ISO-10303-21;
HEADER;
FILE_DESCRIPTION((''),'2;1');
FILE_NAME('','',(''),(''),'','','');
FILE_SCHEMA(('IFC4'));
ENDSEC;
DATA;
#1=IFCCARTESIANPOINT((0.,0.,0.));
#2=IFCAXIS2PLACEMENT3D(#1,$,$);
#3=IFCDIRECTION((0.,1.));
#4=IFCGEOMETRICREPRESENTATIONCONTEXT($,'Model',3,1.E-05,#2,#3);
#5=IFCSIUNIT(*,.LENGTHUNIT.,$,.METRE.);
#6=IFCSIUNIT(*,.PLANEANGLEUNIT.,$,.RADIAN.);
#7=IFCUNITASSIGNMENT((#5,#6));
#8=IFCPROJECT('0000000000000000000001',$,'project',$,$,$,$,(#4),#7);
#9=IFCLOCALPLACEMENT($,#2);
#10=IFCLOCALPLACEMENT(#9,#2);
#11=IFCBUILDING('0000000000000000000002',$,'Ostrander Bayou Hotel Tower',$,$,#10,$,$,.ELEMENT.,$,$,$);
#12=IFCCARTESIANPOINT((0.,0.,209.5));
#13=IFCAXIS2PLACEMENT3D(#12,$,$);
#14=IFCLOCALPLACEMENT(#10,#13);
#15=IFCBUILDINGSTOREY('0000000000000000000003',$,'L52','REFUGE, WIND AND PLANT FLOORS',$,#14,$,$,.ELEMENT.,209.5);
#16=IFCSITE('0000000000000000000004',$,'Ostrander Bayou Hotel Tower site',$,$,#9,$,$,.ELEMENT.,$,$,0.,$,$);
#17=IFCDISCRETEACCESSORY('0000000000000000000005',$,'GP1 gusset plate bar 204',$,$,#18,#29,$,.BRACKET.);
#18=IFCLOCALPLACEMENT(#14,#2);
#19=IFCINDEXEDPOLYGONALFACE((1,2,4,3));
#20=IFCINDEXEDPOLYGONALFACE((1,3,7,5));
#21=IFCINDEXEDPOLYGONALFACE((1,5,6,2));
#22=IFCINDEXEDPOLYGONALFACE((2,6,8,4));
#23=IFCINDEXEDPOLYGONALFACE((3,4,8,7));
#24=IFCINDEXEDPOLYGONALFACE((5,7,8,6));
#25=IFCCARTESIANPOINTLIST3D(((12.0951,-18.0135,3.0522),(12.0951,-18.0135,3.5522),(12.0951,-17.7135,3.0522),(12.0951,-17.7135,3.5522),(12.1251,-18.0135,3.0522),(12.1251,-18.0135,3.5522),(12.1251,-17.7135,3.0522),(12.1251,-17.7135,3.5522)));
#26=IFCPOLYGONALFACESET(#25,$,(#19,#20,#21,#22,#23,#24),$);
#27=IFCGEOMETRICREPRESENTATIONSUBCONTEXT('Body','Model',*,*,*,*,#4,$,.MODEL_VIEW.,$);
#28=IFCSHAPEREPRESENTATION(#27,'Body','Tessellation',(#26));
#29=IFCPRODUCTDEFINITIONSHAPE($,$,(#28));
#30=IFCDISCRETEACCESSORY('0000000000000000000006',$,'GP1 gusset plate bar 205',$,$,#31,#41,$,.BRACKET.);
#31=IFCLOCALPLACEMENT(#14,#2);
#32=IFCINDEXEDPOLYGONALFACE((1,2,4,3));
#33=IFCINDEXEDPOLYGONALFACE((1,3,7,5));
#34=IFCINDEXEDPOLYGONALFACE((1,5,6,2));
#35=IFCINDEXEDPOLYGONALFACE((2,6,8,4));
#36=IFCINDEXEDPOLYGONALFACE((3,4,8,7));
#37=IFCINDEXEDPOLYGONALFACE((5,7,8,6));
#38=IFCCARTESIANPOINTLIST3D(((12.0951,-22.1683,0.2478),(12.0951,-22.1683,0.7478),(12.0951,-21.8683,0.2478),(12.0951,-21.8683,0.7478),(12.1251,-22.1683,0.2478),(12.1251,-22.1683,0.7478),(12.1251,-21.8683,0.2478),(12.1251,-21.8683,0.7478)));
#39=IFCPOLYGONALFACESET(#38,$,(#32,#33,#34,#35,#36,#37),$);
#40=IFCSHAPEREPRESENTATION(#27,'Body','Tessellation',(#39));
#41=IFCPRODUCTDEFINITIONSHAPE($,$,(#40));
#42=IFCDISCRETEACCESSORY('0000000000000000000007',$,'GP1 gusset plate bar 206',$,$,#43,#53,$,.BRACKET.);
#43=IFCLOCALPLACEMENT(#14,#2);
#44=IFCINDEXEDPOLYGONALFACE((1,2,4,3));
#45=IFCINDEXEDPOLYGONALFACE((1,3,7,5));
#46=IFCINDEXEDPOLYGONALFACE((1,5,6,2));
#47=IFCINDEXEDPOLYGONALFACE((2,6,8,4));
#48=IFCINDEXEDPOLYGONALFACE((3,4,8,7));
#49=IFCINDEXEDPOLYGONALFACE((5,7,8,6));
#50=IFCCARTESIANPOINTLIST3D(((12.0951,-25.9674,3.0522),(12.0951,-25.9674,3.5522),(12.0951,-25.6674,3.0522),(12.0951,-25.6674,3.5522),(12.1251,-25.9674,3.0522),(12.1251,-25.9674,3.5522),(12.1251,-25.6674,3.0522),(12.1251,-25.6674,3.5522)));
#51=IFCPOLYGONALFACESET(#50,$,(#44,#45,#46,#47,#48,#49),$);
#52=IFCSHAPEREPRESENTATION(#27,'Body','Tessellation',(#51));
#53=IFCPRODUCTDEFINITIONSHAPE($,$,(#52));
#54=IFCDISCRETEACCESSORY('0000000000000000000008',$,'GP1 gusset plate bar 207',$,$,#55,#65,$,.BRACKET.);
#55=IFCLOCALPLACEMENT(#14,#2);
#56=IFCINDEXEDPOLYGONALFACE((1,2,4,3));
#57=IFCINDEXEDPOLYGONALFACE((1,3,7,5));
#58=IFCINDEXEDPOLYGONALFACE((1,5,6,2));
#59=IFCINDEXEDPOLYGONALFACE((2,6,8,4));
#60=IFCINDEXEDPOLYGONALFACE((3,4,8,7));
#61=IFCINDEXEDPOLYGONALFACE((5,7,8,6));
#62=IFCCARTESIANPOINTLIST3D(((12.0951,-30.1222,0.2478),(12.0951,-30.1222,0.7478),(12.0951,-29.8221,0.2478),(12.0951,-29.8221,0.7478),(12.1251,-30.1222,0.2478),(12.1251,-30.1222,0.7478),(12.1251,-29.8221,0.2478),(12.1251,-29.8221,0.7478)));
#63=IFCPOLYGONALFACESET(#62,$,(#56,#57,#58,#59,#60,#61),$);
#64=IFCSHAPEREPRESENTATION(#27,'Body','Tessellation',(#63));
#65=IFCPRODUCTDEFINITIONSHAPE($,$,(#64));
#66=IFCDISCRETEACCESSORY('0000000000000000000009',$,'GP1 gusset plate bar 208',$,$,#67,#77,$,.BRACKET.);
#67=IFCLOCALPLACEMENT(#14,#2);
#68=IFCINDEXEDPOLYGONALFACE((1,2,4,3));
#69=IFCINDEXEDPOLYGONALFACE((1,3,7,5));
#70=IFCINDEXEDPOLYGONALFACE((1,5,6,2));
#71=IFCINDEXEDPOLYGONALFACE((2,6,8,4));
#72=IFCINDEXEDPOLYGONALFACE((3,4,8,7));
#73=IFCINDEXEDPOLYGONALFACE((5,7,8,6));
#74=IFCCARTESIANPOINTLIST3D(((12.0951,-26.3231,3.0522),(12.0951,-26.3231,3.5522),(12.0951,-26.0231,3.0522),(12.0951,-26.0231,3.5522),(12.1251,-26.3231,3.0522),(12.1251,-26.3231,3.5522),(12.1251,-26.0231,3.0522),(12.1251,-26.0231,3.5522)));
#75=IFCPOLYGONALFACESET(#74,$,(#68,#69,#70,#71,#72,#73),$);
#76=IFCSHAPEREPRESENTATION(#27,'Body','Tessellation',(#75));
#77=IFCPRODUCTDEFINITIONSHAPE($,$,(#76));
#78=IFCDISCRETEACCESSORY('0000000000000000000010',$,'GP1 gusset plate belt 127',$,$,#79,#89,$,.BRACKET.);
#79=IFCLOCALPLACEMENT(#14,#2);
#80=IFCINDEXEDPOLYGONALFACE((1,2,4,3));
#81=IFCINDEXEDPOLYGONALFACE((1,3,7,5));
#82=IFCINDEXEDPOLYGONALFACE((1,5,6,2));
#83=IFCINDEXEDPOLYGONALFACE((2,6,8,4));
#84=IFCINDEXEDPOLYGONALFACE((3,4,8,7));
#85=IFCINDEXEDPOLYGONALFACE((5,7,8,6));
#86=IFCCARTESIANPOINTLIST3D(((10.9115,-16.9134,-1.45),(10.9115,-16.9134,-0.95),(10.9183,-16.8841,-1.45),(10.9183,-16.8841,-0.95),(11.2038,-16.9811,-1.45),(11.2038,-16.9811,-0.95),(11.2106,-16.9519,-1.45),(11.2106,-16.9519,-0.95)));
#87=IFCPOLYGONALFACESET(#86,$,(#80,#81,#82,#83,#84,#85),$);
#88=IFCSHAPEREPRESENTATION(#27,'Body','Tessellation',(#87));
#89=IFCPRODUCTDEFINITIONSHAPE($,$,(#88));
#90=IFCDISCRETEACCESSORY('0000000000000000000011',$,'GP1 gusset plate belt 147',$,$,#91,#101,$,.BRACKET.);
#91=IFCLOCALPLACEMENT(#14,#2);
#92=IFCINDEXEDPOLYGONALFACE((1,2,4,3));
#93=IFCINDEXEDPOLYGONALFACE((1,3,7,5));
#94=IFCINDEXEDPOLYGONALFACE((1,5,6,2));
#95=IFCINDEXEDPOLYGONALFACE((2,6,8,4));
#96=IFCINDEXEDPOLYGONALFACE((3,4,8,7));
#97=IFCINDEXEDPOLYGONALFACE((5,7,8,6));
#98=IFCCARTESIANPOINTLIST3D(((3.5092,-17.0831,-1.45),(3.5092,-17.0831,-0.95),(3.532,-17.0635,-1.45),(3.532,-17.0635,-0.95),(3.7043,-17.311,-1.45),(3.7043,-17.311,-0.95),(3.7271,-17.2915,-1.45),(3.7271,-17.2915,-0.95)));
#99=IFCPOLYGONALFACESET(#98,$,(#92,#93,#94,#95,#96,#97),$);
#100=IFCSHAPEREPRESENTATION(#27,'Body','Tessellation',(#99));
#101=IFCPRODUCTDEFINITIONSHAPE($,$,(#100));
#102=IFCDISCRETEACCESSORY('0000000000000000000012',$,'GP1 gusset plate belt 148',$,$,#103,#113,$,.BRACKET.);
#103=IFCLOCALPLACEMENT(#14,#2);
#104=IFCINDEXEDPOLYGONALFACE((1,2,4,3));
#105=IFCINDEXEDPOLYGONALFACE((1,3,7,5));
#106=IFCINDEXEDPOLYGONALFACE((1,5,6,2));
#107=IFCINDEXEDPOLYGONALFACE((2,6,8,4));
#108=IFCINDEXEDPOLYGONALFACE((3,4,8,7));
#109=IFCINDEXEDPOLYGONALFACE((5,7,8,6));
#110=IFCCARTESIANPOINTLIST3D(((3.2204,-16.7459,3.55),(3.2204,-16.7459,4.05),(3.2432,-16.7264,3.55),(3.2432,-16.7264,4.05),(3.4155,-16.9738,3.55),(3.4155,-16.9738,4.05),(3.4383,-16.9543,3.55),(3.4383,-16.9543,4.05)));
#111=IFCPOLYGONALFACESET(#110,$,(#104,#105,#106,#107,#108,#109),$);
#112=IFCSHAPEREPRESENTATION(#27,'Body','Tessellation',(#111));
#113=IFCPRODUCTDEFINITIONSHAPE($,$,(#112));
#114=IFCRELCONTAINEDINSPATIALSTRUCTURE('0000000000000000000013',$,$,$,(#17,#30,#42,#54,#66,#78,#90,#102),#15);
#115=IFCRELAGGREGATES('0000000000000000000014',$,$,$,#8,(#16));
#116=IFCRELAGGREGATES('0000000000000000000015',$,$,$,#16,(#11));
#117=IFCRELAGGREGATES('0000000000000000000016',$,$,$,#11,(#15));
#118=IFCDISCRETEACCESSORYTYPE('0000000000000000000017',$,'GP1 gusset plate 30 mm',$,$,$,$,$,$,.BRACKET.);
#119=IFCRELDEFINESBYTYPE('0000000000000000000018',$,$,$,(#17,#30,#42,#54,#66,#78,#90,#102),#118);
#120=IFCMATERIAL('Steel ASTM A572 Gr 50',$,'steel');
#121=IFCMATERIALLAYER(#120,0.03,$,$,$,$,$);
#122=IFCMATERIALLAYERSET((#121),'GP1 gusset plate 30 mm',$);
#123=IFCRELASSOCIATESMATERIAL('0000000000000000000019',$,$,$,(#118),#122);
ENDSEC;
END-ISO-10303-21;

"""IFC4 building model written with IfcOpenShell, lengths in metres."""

from ifc_helpers import new_model, si_unit, direction, frame, origin, origin_2d, place, context, subcontext, project, spatial, rectangle, extrude, material, layer, layer_set, type_object, element, save


model = new_model("IFC4")

# Units and contexts
model_context = context("Model", 3, precision=1e-05, world=origin(), true_north=direction((0.0, 1.0)))
body_context = subcontext(model_context, "Body", "Model", "MODEL_VIEW")
ifc_project = project(units=[si_unit("LENGTHUNIT", "METRE"), si_unit("PLANEANGLEUNIT", "RADIAN")], contexts=[model_context])

# Site, building, storey
site_placement = place(None, origin())
site = spatial("IfcSite", under=ifc_project, at=site_placement, Name="Ostrander Bayou Hotel Tower site", CompositionType="ELEMENT", RefElevation=0.0)
building_placement = place(site_placement, origin())
building = spatial("IfcBuilding", under=site, at=building_placement, Name="Ostrander Bayou Hotel Tower", CompositionType="ELEMENT")
storey_placement = place(building_placement, frame((0.0, 0.0, 209.5)))
storey = spatial("IfcBuildingStorey", under=building, at=storey_placement, Name="L52", Description="REFUGE, WIND AND PLANT FLOORS", CompositionType="ELEMENT", Elevation=209.5)

# Discrete accessories
ifc_material_1 = material(Name="Steel ASTM A572 Gr 50", Category="steel")
ifc_layer = layer(ifc_material_1, 0.03)
ifc_layer_set = layer_set([ifc_layer], Name="GP1 gusset plate 30 mm")
discrete_accessory_type = type_object("IfcDiscreteAccessoryType", Name="GP1 gusset plate 30 mm", PredefinedType="BRACKET", material=ifc_layer_set)
for number, where, z_axis, x_axis, name in (
    (1, (12.1101, -17.8635, 3.0522), (0.0, 0.0, 1.0), (0.0, 1.0, 0.0), "GP1 gusset plate bar 204"),
    (2, (12.1101, -22.0183, 0.2478), (0.0, 0.0, 1.0), (0.0, -1.0, 0.0), "GP1 gusset plate bar 205"),
    (3, (12.1101, -25.8174, 3.0522), (0.0, 0.0, 1.0), (0.0, -1.0, 0.0), "GP1 gusset plate bar 206"),
    (4, (12.1101, -29.9722, 0.2478), (0.0, 0.0, 1.0), (0.0, 1.0, 0.0), "GP1 gusset plate bar 207"),
    (5, (12.1101, -26.1731, 3.0522), (0.0, 0.0, 1.0), (0.0, 1.0, 0.0), "GP1 gusset plate bar 208"),
    (6, (11.061, -16.9326, -1.45), (0.0, 0.0, 1.0), (-0.974166, 0.225835, 0.0), "GP1 gusset plate belt 127"),
    (7, (3.6182, -17.1873, -1.45), (0.0, 0.0, 1.0), (-0.650363, 0.759623, 0.0), "GP1 gusset plate belt 147"),
    (8, (3.3293, -16.8501, 3.55), (0.0, 0.0, 1.0), (-0.650363, 0.759623, 0.0), "GP1 gusset plate belt 148"),
):
    element("IfcDiscreteAccessory", number, at=place(storey_placement, frame(where, z_axis=z_axis, x_axis=x_axis)), inside=storey, type_object=discrete_accessory_type, Name=name, PredefinedType="BRACKET", context=body_context, shape_type="SweptSolid", body=[
        extrude(rectangle(XDim=0.3, YDim=0.03, at=origin_2d()), origin(), (0.0, 0.0, 1.0), 0.5),
    ])

save(model, "model.ifc")
